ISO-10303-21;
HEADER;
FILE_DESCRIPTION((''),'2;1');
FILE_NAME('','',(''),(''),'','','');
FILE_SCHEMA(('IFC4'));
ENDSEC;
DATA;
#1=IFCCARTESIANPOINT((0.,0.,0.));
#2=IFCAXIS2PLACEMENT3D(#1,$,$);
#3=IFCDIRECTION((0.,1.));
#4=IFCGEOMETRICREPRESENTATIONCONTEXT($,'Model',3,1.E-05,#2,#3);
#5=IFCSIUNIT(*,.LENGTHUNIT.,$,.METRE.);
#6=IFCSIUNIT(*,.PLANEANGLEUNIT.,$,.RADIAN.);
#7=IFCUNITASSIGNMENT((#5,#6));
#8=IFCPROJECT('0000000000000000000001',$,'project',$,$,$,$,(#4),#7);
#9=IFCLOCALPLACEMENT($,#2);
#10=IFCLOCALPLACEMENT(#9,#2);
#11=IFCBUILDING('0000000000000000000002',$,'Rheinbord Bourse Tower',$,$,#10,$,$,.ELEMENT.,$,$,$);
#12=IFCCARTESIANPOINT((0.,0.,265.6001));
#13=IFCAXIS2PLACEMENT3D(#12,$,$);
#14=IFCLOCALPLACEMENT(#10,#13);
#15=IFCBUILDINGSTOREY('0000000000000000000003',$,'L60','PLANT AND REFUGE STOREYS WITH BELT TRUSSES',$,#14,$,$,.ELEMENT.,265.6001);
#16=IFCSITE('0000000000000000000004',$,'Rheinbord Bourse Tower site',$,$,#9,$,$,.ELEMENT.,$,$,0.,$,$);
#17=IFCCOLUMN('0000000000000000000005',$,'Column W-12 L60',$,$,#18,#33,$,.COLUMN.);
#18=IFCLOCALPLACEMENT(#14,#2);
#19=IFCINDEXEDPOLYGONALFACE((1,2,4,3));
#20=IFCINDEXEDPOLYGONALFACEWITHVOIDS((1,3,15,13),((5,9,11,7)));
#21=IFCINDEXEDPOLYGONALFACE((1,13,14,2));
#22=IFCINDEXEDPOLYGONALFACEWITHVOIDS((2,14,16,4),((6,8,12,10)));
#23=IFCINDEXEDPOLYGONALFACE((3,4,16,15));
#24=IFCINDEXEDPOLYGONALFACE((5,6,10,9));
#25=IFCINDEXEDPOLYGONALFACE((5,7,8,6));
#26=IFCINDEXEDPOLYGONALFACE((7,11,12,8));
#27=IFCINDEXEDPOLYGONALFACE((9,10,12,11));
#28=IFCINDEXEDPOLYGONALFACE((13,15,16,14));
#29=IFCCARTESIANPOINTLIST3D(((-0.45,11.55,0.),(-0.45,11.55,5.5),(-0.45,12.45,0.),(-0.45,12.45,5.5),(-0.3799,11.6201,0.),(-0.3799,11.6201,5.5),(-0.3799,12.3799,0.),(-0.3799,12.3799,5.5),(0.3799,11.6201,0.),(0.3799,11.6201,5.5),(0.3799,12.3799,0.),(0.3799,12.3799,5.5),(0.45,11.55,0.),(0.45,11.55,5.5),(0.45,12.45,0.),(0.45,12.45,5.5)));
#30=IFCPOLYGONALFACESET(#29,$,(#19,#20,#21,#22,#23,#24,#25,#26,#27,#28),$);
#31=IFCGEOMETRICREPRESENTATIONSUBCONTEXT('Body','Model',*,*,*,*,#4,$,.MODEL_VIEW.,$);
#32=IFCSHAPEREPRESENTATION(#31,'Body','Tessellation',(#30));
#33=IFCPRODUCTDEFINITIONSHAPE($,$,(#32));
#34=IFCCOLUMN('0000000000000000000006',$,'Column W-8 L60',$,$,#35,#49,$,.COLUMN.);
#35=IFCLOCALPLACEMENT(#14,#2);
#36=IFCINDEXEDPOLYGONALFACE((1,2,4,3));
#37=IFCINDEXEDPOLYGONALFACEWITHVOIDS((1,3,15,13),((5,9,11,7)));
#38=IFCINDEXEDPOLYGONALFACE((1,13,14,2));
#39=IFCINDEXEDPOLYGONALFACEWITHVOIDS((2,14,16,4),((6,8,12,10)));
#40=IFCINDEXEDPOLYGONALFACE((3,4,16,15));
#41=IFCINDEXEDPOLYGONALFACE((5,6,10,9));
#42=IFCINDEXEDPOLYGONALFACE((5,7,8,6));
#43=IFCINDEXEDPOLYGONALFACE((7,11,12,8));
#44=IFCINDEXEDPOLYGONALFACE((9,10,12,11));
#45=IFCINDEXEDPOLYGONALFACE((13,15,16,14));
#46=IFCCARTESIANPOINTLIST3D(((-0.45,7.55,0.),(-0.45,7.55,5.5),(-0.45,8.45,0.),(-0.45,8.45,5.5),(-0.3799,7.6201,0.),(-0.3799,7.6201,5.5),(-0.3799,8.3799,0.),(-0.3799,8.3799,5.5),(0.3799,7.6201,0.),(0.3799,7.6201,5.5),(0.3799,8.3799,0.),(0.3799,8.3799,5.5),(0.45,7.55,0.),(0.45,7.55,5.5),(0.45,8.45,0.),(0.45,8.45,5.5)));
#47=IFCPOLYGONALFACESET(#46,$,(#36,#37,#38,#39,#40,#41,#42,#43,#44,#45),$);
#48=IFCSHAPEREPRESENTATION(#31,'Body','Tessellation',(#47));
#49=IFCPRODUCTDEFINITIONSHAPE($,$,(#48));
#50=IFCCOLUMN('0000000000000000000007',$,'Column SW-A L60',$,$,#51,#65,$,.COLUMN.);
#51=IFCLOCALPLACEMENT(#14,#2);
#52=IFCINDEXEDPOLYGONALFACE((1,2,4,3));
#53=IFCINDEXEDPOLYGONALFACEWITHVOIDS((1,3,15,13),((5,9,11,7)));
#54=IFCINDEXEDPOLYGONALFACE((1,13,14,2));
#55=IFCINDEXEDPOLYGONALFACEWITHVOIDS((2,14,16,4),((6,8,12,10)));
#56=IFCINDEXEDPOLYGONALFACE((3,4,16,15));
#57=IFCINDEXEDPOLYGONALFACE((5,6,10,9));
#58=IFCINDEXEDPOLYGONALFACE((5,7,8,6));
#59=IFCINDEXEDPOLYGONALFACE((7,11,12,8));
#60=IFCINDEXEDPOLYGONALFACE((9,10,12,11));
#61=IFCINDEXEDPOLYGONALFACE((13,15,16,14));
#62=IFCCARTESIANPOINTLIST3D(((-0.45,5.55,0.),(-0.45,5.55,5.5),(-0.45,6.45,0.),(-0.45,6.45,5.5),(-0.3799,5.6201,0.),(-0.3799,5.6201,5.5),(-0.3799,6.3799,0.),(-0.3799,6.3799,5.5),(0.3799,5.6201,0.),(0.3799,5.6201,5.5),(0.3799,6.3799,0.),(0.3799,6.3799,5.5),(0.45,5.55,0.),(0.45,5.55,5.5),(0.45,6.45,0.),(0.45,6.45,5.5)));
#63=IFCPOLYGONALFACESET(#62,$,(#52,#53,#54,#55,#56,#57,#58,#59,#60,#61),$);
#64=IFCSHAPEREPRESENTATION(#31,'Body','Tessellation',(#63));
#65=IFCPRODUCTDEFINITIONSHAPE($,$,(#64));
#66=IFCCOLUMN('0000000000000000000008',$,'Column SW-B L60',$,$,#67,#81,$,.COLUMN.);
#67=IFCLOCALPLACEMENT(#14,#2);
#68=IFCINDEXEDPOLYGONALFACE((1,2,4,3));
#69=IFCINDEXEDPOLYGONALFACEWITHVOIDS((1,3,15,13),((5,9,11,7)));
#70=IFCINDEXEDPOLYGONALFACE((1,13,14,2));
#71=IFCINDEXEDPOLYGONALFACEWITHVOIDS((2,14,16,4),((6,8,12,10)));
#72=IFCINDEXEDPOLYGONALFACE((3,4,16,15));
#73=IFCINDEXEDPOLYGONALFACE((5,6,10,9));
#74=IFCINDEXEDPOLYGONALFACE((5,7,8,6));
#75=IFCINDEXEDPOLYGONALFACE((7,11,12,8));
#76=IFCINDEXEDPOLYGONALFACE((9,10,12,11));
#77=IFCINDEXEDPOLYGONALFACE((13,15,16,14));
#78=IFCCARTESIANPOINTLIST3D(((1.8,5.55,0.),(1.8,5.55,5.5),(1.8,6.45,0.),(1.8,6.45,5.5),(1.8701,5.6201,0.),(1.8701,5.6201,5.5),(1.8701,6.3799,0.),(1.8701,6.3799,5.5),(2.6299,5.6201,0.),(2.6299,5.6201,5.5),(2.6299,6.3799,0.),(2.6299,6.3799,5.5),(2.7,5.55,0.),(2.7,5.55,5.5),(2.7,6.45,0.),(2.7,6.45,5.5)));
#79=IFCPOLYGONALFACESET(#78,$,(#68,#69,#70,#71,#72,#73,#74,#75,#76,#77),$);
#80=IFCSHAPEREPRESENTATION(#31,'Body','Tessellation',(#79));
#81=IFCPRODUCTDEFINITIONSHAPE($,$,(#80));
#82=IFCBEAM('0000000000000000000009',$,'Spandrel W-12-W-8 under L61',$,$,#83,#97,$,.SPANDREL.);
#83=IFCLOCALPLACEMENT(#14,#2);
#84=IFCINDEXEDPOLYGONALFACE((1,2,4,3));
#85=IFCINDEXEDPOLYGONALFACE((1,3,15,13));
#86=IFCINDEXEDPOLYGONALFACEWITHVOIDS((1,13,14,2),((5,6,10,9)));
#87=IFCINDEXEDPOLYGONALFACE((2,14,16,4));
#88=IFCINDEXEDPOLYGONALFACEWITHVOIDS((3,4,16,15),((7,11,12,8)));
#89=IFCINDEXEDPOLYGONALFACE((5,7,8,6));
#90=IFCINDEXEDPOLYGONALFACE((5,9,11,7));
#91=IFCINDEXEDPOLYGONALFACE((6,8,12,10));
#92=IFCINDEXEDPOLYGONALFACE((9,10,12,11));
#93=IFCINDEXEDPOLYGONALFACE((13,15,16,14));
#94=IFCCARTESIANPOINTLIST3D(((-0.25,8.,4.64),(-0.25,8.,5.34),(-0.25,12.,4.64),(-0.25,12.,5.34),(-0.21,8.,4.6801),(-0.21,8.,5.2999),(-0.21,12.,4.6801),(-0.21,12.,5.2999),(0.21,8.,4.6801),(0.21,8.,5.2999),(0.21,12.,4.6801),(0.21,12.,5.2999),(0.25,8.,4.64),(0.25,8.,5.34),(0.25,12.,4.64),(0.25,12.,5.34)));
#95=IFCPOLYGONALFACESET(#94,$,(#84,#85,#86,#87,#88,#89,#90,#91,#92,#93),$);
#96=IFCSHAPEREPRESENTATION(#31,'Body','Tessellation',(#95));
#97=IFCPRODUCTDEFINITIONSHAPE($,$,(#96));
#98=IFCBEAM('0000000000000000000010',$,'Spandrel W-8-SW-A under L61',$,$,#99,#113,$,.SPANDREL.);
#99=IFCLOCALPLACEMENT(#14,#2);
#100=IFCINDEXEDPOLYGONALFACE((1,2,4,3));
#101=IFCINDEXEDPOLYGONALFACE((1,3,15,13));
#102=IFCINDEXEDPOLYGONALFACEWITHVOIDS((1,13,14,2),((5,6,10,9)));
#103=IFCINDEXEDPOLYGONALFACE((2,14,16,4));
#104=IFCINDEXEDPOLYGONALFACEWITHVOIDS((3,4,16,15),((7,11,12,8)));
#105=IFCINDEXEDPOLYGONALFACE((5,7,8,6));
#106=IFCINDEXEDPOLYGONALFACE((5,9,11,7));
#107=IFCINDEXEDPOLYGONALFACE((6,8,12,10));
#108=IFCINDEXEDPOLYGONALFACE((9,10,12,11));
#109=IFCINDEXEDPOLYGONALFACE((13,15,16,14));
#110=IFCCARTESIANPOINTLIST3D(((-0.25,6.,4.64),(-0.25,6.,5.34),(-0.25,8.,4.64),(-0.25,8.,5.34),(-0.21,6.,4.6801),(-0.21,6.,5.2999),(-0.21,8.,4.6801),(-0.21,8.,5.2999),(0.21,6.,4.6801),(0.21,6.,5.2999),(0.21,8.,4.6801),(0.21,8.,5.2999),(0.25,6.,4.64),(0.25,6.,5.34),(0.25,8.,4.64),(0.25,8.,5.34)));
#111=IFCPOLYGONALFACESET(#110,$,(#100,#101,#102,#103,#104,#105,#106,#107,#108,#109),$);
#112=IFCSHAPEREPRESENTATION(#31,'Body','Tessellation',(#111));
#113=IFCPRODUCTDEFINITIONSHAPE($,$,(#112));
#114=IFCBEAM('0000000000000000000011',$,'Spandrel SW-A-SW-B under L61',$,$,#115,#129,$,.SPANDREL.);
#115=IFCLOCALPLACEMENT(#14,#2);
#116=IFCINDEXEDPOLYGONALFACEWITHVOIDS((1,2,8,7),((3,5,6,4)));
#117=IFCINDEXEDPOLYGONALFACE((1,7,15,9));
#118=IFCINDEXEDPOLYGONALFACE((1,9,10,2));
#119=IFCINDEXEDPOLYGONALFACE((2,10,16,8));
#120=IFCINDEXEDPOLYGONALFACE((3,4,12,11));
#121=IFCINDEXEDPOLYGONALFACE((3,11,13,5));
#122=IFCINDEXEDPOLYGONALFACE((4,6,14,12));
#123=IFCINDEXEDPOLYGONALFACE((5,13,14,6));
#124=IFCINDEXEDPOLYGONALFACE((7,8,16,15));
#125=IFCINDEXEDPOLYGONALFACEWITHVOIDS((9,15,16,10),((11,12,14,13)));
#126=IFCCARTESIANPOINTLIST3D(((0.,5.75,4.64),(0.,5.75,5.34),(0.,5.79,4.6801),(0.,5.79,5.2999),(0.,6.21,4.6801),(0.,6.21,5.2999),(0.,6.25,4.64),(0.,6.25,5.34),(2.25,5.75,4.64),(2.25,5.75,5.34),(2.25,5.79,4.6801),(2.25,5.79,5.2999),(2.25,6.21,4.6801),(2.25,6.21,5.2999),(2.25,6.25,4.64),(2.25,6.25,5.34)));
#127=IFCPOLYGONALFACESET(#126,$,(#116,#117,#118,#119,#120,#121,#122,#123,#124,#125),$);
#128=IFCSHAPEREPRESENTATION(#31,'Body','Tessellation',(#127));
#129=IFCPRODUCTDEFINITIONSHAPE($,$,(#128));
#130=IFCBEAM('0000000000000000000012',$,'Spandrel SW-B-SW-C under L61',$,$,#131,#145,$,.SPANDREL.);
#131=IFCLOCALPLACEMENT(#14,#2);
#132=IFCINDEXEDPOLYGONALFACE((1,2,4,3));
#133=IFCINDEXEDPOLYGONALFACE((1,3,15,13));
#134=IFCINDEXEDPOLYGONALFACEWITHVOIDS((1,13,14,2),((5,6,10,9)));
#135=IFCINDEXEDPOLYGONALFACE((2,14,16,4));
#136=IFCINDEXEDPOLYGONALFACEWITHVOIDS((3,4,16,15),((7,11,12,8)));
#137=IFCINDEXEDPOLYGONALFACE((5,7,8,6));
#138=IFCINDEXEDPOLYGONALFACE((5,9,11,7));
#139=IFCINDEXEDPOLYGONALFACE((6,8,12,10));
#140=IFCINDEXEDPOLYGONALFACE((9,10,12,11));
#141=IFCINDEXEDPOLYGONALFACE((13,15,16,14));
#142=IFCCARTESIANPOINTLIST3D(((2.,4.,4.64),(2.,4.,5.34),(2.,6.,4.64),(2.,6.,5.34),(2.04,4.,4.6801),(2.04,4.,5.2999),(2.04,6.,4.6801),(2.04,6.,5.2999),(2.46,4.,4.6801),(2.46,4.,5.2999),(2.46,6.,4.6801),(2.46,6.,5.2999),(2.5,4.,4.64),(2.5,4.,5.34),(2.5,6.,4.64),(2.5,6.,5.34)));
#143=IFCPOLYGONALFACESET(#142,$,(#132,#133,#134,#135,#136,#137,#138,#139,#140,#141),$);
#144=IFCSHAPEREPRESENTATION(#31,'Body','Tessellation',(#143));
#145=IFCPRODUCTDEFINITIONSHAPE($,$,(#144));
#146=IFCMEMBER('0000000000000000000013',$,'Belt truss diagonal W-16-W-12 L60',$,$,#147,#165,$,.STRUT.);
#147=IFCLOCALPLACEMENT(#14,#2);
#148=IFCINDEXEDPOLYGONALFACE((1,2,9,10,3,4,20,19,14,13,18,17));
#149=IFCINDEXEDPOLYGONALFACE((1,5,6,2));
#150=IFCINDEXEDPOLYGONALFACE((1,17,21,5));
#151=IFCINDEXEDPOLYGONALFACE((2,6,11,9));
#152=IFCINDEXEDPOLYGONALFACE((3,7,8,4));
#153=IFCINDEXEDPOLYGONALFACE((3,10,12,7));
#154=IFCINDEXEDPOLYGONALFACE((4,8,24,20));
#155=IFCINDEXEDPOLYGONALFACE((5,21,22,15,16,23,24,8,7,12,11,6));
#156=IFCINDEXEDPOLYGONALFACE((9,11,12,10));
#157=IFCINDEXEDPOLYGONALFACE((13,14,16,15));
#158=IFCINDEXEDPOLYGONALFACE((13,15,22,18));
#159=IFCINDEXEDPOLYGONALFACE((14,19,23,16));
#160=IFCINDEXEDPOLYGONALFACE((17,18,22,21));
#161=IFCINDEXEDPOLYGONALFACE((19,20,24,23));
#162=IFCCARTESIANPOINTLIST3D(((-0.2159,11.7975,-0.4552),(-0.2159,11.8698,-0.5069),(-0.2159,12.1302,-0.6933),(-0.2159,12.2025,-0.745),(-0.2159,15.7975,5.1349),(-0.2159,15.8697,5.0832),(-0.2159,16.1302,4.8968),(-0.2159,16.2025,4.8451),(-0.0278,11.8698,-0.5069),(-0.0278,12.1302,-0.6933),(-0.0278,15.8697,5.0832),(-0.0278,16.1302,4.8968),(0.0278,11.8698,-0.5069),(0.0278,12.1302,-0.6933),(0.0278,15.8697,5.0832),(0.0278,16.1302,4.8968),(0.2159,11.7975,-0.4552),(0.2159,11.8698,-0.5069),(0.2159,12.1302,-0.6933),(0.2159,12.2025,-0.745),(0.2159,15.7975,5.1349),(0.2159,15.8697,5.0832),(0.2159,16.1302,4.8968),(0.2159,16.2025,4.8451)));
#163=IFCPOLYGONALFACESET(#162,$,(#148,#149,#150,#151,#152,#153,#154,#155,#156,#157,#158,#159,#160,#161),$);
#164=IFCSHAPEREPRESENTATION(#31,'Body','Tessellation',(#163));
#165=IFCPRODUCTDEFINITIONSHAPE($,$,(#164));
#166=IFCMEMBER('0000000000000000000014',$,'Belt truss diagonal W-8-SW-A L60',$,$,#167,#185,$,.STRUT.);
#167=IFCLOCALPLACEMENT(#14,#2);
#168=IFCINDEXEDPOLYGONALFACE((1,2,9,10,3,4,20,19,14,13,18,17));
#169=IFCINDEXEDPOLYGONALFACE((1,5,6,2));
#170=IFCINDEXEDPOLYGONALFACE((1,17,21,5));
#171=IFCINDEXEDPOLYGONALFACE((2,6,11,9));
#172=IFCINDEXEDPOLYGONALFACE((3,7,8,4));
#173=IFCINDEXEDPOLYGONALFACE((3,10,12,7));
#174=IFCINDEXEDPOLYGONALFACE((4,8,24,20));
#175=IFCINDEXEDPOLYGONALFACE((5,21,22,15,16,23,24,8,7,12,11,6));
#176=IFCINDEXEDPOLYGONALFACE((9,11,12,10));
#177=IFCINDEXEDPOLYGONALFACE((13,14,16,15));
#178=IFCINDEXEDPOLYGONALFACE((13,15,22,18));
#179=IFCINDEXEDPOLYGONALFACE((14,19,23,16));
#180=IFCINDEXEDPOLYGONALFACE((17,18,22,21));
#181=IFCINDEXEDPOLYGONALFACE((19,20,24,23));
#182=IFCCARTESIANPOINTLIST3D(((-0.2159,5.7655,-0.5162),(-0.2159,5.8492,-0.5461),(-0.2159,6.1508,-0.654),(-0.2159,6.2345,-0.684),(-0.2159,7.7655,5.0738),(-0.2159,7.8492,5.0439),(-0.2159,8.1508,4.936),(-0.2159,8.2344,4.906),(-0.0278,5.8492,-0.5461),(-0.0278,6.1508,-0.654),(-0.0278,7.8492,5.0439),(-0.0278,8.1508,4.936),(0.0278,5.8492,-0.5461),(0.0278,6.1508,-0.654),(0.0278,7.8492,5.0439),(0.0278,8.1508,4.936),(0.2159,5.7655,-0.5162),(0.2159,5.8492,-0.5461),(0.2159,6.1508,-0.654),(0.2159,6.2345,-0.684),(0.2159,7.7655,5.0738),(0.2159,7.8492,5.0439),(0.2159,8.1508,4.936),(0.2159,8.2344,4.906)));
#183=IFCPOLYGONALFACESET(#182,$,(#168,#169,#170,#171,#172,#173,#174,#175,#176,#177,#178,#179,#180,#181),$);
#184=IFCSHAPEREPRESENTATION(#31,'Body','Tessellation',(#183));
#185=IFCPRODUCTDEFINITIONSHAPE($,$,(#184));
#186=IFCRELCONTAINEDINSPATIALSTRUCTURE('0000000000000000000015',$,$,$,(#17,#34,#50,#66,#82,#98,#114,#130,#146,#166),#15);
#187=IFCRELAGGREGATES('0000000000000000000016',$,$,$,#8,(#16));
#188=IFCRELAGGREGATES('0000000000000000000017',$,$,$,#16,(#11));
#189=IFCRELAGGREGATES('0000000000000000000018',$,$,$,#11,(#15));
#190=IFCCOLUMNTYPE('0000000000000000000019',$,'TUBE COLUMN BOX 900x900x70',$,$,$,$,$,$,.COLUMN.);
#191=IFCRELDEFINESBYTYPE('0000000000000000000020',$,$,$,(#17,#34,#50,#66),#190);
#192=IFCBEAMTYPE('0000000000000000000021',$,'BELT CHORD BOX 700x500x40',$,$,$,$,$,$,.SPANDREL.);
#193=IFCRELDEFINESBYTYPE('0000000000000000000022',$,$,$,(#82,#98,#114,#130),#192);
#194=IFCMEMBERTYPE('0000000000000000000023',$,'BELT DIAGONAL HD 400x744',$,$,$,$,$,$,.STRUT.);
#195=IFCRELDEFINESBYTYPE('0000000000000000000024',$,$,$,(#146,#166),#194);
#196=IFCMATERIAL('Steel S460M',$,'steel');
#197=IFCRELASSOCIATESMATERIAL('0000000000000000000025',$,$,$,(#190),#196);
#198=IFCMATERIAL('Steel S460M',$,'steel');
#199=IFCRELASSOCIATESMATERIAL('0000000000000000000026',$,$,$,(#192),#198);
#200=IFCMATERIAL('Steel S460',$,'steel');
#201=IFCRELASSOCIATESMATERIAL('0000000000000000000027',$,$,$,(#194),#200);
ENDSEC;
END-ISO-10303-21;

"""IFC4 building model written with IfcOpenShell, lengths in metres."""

from ifc_helpers import new_model, si_unit, direction, frame, origin, origin_2d, place, context, subcontext, project, spatial, hollow_rectangle, i_section, extrude, material, material_profile, profile_set, type_object, element, save


model = new_model("IFC4")

# Units and contexts
model_context = context("Model", 3, precision=1e-05, world=origin(), true_north=direction((0.0, 1.0)))
body_context = subcontext(model_context, "Body", "Model", "MODEL_VIEW")
ifc_project = project(units=[si_unit("LENGTHUNIT", "METRE"), si_unit("PLANEANGLEUNIT", "RADIAN")], contexts=[model_context])

# Site, building, storey
site_placement = place(None, origin())
site = spatial("IfcSite", under=ifc_project, at=site_placement, Name="Rheinbord Bourse Tower site", CompositionType="ELEMENT", RefElevation=0.0)
building_placement = place(site_placement, origin())
building = spatial("IfcBuilding", under=site, at=building_placement, Name="Rheinbord Bourse Tower", CompositionType="ELEMENT")
storey_placement = place(building_placement, frame((0.0, 0.0, 265.6001)))
storey = spatial("IfcBuildingStorey", under=building, at=storey_placement, Name="L60", Description="PLANT AND REFUGE STOREYS WITH BELT TRUSSES", CompositionType="ELEMENT", Elevation=265.6001)

# Columns
ifc_material_1 = material(Name="Steel S460M", Category="steel")
ifc_material_profile_1 = material_profile(ifc_material_1, hollow_rectangle(XDim=0.8999, YDim=0.8999, WallThickness=0.0701, at=origin_2d()), Name="BOX 900x900x70")
ifc_profile_set_1 = profile_set([ifc_material_profile_1], Name="Steel S460M")
column_type = type_object("IfcColumnType", Name="TUBE COLUMN BOX 900x900x70", PredefinedType="COLUMN", material=ifc_profile_set_1)
for number, where, z_axis, x_axis, name in (
    (1, (0.0, 12.0, 0.0), (0.0, 0.0, 1.0), (1.0, 0.0, 0.0), "Column W-12 L60"),
    (2, (0.0, 8.0, 0.0), (0.0, 0.0, 1.0), (1.0, 0.0, 0.0), "Column W-8 L60"),
    (3, (0.0, 6.0, 0.0), (0.0, 0.0, 1.0), (1.0, 0.0, 0.0), "Column SW-A L60"),
    (4, (2.25, 6.0, 0.0), (0.0, 0.0, 1.0), (1.0, 0.0, 0.0), "Column SW-B L60"),
):
    element("IfcColumn", number, at=place(storey_placement, frame(where, z_axis=z_axis, x_axis=x_axis)), inside=storey, type_object=column_type, Name=name, PredefinedType="COLUMN", context=body_context, shape_type="SweptSolid", body=[
        extrude(hollow_rectangle(XDim=0.8999, YDim=0.8999, WallThickness=0.0701, at=origin_2d()), origin(), (0.0, 0.0, 1.0), 5.5),
    ])

# Beams
ifc_material_2 = material(Name="Steel S460M", Category="steel")
ifc_material_profile_2 = material_profile(ifc_material_2, hollow_rectangle(XDim=0.5, YDim=0.7, WallThickness=0.04, at=origin_2d()), Name="BOX 700x500x40")
ifc_profile_set_2 = profile_set([ifc_material_profile_2], Name="Steel S460M")
beam_type_1 = type_object("IfcBeamType", Name="BELT CHORD BOX 700x500x40", PredefinedType="SPANDREL", material=ifc_profile_set_2)
beam_1_placement = place(storey_placement, frame((0.0, 12.0, 4.99), z_axis=(0.0, -1.0, 0.0), x_axis=(1.0, 0.0, 0.0)))
element("IfcBeam", 5, at=beam_1_placement, inside=storey, type_object=beam_type_1, Name="Spandrel W-12-W-8 under L61", PredefinedType="SPANDREL", context=body_context, shape_type="SweptSolid", body=[
    extrude(hollow_rectangle(XDim=0.5, YDim=0.7, WallThickness=0.04, at=origin_2d()), origin(), (0.0, 0.0, 1.0), 4.0),
])
beam_2_placement = place(storey_placement, frame((0.0, 8.0, 4.99), z_axis=(0.0, -1.0, 0.0), x_axis=(1.0, 0.0, 0.0)))
element("IfcBeam", 6, at=beam_2_placement, inside=storey, type_object=beam_type_1, Name="Spandrel W-8-SW-A under L61", PredefinedType="SPANDREL", context=body_context, shape_type="SweptSolid", body=[
    extrude(hollow_rectangle(XDim=0.5, YDim=0.7, WallThickness=0.04, at=origin_2d()), origin(), (0.0, 0.0, 1.0), 2.0),
])
beam_3_placement = place(storey_placement, frame((0.0, 6.0, 4.99), z_axis=(1.0, 0.0, 0.0), x_axis=(0.0, 1.0, 0.0)))
element("IfcBeam", 7, at=beam_3_placement, inside=storey, type_object=beam_type_1, Name="Spandrel SW-A-SW-B under L61", PredefinedType="SPANDREL", context=body_context, shape_type="SweptSolid", body=[
    extrude(hollow_rectangle(XDim=0.5, YDim=0.7, WallThickness=0.04, at=origin_2d()), origin(), (0.0, 0.0, 1.0), 2.25),
])
beam_4_placement = place(storey_placement, frame((2.25, 6.0, 4.99), z_axis=(0.0, -1.0, 0.0), x_axis=(1.0, 0.0, 0.0)))
element("IfcBeam", 8, at=beam_4_placement, inside=storey, type_object=beam_type_1, Name="Spandrel SW-B-SW-C under L61", PredefinedType="SPANDREL", context=body_context, shape_type="SweptSolid", body=[
    extrude(hollow_rectangle(XDim=0.5, YDim=0.7, WallThickness=0.04, at=origin_2d()), origin(), (0.0, 0.0, 1.0), 2.0),
])

# Members
ifc_material_3 = material(Name="Steel S460", Category="steel")
ifc_material_profile_3 = material_profile(ifc_material_3, i_section(OverallWidth=0.4319, OverallDepth=0.498, WebThickness=0.0557, FlangeThickness=0.0889, at=origin_2d()), Name="HD 400x744")
ifc_profile_set_3 = profile_set([ifc_material_profile_3], Name="Steel S460")
member_type_1 = type_object("IfcMemberType", Name="BELT DIAGONAL HD 400x744", PredefinedType="STRUT", material=ifc_profile_set_3)
member_1_placement = place(storey_placement, frame((0.0, 12.0, -0.6001), z_axis=(0.0, 0.58192, 0.813246), x_axis=(-1.0, 0.0, 0.0)))
element("IfcMember", 9, at=member_1_placement, inside=storey, type_object=member_type_1, Name="Belt truss diagonal W-16-W-12 L60", PredefinedType="STRUT", context=body_context, shape_type="SweptSolid", body=[
    extrude(i_section(OverallWidth=0.4319, OverallDepth=0.498, WebThickness=0.0557, FlangeThickness=0.0889, at=origin_2d()), origin(), (0.0, 0.0, 1.0), 6.8738),
])
member_2_placement = place(storey_placement, frame((0.0, 6.0, -0.6001), z_axis=(0.0, 0.336865, 0.941553), x_axis=(-1.0, 0.0, 0.0)))
element("IfcMember", 10, at=member_2_placement, inside=storey, type_object=member_type_1, Name="Belt truss diagonal W-8-SW-A L60", PredefinedType="STRUT", context=body_context, shape_type="SweptSolid", body=[
    extrude(i_section(OverallWidth=0.4319, OverallDepth=0.498, WebThickness=0.0557, FlangeThickness=0.0889, at=origin_2d()), origin(), (0.0, 0.0, 1.0), 5.937),
])

save(model, "model.ifc")
